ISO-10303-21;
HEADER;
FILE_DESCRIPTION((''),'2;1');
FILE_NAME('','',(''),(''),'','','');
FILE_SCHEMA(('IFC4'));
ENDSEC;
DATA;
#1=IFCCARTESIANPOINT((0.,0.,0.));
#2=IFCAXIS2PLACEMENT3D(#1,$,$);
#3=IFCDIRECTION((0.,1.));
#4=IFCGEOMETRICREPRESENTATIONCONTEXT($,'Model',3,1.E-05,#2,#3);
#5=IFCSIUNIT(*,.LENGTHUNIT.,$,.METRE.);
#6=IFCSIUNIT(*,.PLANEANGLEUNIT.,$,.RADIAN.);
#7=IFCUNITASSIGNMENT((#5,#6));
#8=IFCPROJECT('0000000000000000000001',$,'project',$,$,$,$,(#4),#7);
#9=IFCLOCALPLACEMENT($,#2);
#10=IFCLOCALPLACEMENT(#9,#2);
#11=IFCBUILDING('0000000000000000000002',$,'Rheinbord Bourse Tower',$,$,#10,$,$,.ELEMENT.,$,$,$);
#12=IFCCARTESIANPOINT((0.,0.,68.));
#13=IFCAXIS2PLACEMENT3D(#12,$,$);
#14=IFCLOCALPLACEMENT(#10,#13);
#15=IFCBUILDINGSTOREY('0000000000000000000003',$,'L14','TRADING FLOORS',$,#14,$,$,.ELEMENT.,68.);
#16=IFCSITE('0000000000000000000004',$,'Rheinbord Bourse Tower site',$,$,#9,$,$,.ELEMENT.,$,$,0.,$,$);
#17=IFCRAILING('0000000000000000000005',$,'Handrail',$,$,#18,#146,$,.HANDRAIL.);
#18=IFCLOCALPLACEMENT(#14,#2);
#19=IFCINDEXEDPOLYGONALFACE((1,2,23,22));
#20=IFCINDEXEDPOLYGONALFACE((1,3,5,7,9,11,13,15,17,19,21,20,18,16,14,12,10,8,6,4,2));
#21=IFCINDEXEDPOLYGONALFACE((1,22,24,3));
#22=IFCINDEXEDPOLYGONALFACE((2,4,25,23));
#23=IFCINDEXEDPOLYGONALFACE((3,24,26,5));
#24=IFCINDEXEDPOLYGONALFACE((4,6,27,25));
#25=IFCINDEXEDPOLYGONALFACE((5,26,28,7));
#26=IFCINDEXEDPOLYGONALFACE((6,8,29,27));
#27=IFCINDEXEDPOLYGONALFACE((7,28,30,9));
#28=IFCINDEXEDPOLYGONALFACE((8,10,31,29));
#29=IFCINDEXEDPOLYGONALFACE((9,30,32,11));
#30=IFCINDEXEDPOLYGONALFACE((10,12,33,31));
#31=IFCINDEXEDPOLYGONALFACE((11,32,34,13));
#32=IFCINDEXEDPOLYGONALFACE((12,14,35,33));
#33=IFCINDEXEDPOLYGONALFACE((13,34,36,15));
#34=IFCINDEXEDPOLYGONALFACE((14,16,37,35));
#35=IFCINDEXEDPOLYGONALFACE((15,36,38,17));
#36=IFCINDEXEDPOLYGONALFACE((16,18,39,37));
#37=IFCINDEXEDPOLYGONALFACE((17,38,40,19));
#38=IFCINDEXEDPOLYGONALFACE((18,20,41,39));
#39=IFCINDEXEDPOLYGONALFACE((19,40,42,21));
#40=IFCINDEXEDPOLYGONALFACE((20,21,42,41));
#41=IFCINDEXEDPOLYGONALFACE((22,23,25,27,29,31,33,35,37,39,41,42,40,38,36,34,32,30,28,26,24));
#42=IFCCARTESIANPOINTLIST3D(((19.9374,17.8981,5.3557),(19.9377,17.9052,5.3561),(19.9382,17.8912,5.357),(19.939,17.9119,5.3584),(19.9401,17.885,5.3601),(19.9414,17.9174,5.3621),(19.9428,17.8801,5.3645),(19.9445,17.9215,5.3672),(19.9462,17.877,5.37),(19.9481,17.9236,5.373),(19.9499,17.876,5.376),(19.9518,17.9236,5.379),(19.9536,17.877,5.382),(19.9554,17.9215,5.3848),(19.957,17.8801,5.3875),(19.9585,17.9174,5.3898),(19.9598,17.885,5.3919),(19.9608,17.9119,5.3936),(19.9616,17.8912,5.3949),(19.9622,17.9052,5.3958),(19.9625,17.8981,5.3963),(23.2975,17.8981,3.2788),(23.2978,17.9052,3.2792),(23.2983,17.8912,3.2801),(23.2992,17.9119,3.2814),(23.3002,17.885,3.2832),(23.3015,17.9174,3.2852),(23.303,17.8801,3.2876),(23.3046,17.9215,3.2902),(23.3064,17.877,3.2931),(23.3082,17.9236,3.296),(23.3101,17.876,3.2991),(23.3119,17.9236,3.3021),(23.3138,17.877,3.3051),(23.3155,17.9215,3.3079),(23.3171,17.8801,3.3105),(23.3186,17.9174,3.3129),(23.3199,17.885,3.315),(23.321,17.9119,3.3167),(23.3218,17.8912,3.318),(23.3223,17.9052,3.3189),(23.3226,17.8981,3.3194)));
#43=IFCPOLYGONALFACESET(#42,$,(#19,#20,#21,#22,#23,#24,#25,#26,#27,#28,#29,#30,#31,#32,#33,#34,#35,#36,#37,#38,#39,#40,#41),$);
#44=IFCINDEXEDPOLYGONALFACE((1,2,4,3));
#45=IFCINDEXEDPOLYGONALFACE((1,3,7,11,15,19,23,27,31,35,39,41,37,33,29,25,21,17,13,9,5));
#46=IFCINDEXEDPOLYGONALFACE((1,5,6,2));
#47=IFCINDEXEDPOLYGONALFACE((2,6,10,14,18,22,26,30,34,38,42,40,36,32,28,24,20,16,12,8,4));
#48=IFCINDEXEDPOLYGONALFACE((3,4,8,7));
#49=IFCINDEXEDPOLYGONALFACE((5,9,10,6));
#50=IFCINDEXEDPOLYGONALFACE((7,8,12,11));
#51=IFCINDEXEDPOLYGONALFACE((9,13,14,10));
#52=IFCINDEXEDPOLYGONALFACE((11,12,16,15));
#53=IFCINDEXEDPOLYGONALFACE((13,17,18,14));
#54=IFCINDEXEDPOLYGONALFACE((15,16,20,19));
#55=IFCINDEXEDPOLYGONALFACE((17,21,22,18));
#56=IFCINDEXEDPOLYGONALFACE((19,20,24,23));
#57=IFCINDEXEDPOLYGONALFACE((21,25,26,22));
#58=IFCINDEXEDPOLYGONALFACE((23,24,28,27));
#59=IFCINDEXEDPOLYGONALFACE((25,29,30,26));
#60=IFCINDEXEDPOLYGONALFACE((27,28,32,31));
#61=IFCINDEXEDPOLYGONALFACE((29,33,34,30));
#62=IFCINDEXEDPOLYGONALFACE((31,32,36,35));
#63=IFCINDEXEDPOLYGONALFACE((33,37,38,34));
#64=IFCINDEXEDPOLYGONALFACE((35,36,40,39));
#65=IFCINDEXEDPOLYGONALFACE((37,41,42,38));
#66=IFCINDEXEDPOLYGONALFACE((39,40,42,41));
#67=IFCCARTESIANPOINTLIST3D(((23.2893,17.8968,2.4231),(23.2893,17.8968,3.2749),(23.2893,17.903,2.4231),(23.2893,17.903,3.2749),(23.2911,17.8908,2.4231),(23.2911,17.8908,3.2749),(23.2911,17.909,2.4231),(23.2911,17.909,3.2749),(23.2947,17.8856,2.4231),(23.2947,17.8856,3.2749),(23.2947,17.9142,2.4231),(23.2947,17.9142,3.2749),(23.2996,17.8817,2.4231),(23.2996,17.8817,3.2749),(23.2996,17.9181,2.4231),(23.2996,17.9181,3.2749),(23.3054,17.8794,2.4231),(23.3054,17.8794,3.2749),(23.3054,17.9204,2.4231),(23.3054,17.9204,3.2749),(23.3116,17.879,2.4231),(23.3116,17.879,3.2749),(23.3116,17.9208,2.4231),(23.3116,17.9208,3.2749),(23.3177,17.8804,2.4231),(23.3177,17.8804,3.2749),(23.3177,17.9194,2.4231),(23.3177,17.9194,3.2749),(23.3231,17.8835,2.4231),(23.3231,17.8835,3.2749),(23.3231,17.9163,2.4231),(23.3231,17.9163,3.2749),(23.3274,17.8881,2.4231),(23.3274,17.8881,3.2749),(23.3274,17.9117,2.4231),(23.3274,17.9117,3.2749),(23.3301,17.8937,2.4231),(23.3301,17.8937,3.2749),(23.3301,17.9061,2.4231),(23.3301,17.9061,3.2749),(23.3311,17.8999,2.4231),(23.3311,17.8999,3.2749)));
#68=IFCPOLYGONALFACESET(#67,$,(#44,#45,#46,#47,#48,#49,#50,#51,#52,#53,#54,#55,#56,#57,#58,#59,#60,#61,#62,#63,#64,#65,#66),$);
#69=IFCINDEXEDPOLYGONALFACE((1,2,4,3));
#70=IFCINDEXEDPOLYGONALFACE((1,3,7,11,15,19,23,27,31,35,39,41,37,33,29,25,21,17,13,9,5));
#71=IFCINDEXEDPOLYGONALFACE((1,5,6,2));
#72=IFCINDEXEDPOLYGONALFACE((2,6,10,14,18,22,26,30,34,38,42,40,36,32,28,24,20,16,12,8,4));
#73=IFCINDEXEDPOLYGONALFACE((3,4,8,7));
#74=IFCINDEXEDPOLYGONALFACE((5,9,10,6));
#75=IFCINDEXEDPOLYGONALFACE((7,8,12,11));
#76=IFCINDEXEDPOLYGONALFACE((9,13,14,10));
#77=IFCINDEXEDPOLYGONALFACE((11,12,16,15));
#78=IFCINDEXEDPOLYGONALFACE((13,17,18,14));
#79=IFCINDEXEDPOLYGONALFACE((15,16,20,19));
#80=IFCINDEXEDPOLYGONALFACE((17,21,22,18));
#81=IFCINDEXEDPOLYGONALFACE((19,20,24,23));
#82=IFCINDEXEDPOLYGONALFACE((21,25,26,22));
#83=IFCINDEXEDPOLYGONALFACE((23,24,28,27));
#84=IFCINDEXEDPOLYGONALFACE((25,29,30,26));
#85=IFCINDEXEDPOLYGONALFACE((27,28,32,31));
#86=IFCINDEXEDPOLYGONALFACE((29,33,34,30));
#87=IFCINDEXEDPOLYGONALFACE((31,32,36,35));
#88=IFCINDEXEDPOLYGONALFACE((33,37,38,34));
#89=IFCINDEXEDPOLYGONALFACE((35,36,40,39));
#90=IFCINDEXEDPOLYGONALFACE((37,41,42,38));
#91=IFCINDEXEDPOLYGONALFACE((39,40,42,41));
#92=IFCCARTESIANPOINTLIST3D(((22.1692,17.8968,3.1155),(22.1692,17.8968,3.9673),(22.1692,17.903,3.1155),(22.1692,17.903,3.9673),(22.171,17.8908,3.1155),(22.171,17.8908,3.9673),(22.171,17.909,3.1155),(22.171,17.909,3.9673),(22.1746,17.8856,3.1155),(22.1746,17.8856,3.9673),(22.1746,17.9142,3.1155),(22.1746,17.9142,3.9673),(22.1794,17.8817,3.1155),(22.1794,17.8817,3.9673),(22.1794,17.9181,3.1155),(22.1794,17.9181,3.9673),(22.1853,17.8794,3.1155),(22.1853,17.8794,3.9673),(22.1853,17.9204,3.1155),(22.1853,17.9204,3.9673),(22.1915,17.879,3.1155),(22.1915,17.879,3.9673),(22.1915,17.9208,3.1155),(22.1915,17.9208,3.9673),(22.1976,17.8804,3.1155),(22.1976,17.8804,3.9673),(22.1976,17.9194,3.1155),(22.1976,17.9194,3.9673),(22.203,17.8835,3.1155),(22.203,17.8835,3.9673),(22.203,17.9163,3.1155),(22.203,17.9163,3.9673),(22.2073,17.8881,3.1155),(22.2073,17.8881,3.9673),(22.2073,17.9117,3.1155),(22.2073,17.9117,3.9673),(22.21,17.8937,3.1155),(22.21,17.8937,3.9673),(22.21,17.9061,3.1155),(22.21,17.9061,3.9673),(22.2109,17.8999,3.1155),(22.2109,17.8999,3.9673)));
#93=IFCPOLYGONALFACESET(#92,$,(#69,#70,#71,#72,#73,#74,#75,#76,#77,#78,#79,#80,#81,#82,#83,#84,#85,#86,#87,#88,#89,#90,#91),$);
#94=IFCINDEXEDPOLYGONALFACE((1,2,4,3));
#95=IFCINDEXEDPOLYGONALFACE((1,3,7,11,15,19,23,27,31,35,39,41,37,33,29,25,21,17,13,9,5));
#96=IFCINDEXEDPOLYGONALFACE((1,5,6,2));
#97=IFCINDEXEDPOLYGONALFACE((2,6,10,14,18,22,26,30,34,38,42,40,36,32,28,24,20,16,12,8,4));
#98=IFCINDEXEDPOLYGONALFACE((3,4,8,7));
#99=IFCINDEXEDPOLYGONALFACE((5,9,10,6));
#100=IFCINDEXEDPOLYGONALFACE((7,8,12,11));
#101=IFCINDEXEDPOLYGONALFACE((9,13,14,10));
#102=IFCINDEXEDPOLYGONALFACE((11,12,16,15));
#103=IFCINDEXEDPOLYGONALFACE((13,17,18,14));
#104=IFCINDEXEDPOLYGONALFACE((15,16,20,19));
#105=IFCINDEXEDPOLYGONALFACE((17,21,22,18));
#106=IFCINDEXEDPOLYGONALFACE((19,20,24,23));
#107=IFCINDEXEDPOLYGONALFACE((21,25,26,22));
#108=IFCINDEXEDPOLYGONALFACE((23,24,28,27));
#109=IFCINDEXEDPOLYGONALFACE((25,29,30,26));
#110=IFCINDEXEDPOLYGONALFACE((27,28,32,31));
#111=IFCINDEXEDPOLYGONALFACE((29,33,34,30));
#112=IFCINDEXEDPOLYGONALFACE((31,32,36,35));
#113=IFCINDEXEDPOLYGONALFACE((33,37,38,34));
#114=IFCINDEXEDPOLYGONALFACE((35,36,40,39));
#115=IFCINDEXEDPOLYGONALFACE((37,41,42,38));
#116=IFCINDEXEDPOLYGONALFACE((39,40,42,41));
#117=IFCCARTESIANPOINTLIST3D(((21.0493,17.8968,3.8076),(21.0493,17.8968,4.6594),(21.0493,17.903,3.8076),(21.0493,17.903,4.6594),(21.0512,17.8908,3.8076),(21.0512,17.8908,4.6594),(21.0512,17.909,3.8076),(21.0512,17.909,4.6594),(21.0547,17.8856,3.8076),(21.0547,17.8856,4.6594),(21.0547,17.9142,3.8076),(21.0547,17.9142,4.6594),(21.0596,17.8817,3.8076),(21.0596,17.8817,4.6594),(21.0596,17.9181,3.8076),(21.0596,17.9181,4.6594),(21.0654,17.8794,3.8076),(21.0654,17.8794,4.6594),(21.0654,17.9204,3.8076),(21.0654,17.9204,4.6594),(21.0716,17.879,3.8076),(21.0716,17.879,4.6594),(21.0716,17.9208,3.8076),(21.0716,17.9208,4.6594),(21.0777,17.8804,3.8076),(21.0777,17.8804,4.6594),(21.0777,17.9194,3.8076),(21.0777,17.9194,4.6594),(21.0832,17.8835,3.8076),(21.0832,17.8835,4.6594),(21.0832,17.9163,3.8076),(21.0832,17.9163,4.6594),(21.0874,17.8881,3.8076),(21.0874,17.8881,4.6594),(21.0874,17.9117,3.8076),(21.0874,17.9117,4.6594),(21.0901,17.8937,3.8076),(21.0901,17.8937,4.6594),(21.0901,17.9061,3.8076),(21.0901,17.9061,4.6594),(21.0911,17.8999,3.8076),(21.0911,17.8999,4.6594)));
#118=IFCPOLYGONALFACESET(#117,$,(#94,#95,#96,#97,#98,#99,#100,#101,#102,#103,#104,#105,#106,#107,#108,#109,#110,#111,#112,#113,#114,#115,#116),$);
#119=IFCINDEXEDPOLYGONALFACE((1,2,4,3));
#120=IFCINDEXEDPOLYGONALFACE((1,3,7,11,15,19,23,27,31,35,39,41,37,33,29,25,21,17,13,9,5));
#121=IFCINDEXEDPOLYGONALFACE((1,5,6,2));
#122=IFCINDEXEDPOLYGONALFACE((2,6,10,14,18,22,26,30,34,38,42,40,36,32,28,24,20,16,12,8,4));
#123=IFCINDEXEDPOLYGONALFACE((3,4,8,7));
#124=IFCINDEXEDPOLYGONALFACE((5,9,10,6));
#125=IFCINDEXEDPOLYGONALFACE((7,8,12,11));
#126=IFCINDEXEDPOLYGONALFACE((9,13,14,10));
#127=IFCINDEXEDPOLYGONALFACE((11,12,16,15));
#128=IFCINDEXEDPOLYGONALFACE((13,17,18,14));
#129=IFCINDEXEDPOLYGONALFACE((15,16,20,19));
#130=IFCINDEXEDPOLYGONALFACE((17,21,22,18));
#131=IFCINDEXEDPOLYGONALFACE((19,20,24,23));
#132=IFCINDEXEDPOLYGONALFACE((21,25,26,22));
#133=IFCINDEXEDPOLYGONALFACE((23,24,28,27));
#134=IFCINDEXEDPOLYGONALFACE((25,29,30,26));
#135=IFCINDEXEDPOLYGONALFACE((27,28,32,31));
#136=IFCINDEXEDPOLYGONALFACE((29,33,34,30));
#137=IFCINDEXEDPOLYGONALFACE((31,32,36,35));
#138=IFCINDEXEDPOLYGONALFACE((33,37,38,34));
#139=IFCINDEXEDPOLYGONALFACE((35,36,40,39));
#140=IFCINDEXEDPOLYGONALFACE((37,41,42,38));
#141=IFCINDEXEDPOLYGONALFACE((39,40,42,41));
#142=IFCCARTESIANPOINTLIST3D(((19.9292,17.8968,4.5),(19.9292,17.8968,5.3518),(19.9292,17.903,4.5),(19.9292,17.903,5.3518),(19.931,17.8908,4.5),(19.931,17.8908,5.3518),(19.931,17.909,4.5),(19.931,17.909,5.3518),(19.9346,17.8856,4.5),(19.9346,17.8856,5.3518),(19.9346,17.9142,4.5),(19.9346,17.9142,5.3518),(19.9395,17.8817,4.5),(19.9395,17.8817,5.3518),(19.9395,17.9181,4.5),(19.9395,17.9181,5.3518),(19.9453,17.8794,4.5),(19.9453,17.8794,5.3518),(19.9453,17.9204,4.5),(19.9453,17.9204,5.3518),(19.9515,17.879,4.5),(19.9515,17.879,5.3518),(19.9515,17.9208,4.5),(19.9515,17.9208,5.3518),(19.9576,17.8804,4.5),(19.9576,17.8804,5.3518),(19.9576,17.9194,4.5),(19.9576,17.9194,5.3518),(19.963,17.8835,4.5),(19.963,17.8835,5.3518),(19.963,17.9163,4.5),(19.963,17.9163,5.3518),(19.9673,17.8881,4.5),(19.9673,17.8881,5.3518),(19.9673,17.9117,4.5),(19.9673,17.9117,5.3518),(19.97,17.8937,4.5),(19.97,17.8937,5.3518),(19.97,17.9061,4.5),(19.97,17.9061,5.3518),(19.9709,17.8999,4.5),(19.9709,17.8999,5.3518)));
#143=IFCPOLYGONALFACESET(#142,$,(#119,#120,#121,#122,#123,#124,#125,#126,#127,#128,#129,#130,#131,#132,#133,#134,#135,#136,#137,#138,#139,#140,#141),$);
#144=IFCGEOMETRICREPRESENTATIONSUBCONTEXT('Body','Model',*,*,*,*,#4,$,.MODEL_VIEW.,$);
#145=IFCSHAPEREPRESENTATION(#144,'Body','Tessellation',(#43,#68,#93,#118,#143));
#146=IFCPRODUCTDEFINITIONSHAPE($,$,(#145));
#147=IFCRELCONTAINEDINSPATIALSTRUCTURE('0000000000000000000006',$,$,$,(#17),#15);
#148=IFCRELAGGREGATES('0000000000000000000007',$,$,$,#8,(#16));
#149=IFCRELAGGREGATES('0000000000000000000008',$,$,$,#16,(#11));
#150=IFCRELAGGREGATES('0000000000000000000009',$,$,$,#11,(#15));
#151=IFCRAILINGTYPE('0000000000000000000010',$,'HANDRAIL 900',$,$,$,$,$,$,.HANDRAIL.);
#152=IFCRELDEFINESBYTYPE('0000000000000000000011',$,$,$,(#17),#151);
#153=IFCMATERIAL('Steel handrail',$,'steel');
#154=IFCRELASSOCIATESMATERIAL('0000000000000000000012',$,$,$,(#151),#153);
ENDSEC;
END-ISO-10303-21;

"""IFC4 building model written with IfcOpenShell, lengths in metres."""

from ifc_helpers import new_model, si_unit, direction, frame, origin, origin_2d, place, context, subcontext, project, spatial, circle, extrude, material, type_object, element, save


model = new_model("IFC4")

# Units and contexts
model_context = context("Model", 3, precision=1e-05, world=origin(), true_north=direction((0.0, 1.0)))
body_context = subcontext(model_context, "Body", "Model", "MODEL_VIEW")
ifc_project = project(units=[si_unit("LENGTHUNIT", "METRE"), si_unit("PLANEANGLEUNIT", "RADIAN")], contexts=[model_context])

# Site, building, storey
site_placement = place(None, origin())
site = spatial("IfcSite", under=ifc_project, at=site_placement, Name="Rheinbord Bourse Tower site", CompositionType="ELEMENT", RefElevation=0.0)
building_placement = place(site_placement, origin())
building = spatial("IfcBuilding", under=site, at=building_placement, Name="Rheinbord Bourse Tower", CompositionType="ELEMENT")
storey_placement = place(building_placement, frame((0.0, 0.0, 68.0)))
storey = spatial("IfcBuildingStorey", under=building, at=storey_placement, Name="L14", Description="TRADING FLOORS", CompositionType="ELEMENT", Elevation=68.0)

# Railing
ifc_material_1 = material(Name="Steel handrail", Category="steel")
railing_type = type_object("IfcRailingType", Name="HANDRAIL 900", PredefinedType="HANDRAIL", material=ifc_material_1)
railing_1_placement = place(storey_placement, frame((23.3101, 17.8999, 2.4231)))
element("IfcRailing", 1, at=railing_1_placement, inside=storey, type_object=railing_type, Name="Handrail", PredefinedType="HANDRAIL", context=body_context, shape_type="SweptSolid", body=[
    extrude(circle(Radius=0.0239, at=origin_2d()), frame((0.0, 0.0, 0.876), z_axis=(-0.850623, 0.0, 0.525776), x_axis=(0.0, -1.0, 0.0)), (0.0, 0.0, 1.0), 3.9502),
    extrude(circle(Radius=0.021, at=origin_2d()), origin(), (0.0, 0.0, 1.0), 0.8518),
    extrude(circle(Radius=0.021, at=origin_2d()), frame((-1.1201, 0.0, 0.6924)), (0.0, 0.0, 1.0), 0.8518),
    extrude(circle(Radius=0.021, at=origin_2d()), frame((-2.24, 0.0, 1.3845)), (0.0, 0.0, 1.0), 0.8518),
    extrude(circle(Radius=0.021, at=origin_2d()), frame((-3.3601, 0.0, 2.0769)), (0.0, 0.0, 1.0), 0.8518),
])

save(model, "model.ifc")
